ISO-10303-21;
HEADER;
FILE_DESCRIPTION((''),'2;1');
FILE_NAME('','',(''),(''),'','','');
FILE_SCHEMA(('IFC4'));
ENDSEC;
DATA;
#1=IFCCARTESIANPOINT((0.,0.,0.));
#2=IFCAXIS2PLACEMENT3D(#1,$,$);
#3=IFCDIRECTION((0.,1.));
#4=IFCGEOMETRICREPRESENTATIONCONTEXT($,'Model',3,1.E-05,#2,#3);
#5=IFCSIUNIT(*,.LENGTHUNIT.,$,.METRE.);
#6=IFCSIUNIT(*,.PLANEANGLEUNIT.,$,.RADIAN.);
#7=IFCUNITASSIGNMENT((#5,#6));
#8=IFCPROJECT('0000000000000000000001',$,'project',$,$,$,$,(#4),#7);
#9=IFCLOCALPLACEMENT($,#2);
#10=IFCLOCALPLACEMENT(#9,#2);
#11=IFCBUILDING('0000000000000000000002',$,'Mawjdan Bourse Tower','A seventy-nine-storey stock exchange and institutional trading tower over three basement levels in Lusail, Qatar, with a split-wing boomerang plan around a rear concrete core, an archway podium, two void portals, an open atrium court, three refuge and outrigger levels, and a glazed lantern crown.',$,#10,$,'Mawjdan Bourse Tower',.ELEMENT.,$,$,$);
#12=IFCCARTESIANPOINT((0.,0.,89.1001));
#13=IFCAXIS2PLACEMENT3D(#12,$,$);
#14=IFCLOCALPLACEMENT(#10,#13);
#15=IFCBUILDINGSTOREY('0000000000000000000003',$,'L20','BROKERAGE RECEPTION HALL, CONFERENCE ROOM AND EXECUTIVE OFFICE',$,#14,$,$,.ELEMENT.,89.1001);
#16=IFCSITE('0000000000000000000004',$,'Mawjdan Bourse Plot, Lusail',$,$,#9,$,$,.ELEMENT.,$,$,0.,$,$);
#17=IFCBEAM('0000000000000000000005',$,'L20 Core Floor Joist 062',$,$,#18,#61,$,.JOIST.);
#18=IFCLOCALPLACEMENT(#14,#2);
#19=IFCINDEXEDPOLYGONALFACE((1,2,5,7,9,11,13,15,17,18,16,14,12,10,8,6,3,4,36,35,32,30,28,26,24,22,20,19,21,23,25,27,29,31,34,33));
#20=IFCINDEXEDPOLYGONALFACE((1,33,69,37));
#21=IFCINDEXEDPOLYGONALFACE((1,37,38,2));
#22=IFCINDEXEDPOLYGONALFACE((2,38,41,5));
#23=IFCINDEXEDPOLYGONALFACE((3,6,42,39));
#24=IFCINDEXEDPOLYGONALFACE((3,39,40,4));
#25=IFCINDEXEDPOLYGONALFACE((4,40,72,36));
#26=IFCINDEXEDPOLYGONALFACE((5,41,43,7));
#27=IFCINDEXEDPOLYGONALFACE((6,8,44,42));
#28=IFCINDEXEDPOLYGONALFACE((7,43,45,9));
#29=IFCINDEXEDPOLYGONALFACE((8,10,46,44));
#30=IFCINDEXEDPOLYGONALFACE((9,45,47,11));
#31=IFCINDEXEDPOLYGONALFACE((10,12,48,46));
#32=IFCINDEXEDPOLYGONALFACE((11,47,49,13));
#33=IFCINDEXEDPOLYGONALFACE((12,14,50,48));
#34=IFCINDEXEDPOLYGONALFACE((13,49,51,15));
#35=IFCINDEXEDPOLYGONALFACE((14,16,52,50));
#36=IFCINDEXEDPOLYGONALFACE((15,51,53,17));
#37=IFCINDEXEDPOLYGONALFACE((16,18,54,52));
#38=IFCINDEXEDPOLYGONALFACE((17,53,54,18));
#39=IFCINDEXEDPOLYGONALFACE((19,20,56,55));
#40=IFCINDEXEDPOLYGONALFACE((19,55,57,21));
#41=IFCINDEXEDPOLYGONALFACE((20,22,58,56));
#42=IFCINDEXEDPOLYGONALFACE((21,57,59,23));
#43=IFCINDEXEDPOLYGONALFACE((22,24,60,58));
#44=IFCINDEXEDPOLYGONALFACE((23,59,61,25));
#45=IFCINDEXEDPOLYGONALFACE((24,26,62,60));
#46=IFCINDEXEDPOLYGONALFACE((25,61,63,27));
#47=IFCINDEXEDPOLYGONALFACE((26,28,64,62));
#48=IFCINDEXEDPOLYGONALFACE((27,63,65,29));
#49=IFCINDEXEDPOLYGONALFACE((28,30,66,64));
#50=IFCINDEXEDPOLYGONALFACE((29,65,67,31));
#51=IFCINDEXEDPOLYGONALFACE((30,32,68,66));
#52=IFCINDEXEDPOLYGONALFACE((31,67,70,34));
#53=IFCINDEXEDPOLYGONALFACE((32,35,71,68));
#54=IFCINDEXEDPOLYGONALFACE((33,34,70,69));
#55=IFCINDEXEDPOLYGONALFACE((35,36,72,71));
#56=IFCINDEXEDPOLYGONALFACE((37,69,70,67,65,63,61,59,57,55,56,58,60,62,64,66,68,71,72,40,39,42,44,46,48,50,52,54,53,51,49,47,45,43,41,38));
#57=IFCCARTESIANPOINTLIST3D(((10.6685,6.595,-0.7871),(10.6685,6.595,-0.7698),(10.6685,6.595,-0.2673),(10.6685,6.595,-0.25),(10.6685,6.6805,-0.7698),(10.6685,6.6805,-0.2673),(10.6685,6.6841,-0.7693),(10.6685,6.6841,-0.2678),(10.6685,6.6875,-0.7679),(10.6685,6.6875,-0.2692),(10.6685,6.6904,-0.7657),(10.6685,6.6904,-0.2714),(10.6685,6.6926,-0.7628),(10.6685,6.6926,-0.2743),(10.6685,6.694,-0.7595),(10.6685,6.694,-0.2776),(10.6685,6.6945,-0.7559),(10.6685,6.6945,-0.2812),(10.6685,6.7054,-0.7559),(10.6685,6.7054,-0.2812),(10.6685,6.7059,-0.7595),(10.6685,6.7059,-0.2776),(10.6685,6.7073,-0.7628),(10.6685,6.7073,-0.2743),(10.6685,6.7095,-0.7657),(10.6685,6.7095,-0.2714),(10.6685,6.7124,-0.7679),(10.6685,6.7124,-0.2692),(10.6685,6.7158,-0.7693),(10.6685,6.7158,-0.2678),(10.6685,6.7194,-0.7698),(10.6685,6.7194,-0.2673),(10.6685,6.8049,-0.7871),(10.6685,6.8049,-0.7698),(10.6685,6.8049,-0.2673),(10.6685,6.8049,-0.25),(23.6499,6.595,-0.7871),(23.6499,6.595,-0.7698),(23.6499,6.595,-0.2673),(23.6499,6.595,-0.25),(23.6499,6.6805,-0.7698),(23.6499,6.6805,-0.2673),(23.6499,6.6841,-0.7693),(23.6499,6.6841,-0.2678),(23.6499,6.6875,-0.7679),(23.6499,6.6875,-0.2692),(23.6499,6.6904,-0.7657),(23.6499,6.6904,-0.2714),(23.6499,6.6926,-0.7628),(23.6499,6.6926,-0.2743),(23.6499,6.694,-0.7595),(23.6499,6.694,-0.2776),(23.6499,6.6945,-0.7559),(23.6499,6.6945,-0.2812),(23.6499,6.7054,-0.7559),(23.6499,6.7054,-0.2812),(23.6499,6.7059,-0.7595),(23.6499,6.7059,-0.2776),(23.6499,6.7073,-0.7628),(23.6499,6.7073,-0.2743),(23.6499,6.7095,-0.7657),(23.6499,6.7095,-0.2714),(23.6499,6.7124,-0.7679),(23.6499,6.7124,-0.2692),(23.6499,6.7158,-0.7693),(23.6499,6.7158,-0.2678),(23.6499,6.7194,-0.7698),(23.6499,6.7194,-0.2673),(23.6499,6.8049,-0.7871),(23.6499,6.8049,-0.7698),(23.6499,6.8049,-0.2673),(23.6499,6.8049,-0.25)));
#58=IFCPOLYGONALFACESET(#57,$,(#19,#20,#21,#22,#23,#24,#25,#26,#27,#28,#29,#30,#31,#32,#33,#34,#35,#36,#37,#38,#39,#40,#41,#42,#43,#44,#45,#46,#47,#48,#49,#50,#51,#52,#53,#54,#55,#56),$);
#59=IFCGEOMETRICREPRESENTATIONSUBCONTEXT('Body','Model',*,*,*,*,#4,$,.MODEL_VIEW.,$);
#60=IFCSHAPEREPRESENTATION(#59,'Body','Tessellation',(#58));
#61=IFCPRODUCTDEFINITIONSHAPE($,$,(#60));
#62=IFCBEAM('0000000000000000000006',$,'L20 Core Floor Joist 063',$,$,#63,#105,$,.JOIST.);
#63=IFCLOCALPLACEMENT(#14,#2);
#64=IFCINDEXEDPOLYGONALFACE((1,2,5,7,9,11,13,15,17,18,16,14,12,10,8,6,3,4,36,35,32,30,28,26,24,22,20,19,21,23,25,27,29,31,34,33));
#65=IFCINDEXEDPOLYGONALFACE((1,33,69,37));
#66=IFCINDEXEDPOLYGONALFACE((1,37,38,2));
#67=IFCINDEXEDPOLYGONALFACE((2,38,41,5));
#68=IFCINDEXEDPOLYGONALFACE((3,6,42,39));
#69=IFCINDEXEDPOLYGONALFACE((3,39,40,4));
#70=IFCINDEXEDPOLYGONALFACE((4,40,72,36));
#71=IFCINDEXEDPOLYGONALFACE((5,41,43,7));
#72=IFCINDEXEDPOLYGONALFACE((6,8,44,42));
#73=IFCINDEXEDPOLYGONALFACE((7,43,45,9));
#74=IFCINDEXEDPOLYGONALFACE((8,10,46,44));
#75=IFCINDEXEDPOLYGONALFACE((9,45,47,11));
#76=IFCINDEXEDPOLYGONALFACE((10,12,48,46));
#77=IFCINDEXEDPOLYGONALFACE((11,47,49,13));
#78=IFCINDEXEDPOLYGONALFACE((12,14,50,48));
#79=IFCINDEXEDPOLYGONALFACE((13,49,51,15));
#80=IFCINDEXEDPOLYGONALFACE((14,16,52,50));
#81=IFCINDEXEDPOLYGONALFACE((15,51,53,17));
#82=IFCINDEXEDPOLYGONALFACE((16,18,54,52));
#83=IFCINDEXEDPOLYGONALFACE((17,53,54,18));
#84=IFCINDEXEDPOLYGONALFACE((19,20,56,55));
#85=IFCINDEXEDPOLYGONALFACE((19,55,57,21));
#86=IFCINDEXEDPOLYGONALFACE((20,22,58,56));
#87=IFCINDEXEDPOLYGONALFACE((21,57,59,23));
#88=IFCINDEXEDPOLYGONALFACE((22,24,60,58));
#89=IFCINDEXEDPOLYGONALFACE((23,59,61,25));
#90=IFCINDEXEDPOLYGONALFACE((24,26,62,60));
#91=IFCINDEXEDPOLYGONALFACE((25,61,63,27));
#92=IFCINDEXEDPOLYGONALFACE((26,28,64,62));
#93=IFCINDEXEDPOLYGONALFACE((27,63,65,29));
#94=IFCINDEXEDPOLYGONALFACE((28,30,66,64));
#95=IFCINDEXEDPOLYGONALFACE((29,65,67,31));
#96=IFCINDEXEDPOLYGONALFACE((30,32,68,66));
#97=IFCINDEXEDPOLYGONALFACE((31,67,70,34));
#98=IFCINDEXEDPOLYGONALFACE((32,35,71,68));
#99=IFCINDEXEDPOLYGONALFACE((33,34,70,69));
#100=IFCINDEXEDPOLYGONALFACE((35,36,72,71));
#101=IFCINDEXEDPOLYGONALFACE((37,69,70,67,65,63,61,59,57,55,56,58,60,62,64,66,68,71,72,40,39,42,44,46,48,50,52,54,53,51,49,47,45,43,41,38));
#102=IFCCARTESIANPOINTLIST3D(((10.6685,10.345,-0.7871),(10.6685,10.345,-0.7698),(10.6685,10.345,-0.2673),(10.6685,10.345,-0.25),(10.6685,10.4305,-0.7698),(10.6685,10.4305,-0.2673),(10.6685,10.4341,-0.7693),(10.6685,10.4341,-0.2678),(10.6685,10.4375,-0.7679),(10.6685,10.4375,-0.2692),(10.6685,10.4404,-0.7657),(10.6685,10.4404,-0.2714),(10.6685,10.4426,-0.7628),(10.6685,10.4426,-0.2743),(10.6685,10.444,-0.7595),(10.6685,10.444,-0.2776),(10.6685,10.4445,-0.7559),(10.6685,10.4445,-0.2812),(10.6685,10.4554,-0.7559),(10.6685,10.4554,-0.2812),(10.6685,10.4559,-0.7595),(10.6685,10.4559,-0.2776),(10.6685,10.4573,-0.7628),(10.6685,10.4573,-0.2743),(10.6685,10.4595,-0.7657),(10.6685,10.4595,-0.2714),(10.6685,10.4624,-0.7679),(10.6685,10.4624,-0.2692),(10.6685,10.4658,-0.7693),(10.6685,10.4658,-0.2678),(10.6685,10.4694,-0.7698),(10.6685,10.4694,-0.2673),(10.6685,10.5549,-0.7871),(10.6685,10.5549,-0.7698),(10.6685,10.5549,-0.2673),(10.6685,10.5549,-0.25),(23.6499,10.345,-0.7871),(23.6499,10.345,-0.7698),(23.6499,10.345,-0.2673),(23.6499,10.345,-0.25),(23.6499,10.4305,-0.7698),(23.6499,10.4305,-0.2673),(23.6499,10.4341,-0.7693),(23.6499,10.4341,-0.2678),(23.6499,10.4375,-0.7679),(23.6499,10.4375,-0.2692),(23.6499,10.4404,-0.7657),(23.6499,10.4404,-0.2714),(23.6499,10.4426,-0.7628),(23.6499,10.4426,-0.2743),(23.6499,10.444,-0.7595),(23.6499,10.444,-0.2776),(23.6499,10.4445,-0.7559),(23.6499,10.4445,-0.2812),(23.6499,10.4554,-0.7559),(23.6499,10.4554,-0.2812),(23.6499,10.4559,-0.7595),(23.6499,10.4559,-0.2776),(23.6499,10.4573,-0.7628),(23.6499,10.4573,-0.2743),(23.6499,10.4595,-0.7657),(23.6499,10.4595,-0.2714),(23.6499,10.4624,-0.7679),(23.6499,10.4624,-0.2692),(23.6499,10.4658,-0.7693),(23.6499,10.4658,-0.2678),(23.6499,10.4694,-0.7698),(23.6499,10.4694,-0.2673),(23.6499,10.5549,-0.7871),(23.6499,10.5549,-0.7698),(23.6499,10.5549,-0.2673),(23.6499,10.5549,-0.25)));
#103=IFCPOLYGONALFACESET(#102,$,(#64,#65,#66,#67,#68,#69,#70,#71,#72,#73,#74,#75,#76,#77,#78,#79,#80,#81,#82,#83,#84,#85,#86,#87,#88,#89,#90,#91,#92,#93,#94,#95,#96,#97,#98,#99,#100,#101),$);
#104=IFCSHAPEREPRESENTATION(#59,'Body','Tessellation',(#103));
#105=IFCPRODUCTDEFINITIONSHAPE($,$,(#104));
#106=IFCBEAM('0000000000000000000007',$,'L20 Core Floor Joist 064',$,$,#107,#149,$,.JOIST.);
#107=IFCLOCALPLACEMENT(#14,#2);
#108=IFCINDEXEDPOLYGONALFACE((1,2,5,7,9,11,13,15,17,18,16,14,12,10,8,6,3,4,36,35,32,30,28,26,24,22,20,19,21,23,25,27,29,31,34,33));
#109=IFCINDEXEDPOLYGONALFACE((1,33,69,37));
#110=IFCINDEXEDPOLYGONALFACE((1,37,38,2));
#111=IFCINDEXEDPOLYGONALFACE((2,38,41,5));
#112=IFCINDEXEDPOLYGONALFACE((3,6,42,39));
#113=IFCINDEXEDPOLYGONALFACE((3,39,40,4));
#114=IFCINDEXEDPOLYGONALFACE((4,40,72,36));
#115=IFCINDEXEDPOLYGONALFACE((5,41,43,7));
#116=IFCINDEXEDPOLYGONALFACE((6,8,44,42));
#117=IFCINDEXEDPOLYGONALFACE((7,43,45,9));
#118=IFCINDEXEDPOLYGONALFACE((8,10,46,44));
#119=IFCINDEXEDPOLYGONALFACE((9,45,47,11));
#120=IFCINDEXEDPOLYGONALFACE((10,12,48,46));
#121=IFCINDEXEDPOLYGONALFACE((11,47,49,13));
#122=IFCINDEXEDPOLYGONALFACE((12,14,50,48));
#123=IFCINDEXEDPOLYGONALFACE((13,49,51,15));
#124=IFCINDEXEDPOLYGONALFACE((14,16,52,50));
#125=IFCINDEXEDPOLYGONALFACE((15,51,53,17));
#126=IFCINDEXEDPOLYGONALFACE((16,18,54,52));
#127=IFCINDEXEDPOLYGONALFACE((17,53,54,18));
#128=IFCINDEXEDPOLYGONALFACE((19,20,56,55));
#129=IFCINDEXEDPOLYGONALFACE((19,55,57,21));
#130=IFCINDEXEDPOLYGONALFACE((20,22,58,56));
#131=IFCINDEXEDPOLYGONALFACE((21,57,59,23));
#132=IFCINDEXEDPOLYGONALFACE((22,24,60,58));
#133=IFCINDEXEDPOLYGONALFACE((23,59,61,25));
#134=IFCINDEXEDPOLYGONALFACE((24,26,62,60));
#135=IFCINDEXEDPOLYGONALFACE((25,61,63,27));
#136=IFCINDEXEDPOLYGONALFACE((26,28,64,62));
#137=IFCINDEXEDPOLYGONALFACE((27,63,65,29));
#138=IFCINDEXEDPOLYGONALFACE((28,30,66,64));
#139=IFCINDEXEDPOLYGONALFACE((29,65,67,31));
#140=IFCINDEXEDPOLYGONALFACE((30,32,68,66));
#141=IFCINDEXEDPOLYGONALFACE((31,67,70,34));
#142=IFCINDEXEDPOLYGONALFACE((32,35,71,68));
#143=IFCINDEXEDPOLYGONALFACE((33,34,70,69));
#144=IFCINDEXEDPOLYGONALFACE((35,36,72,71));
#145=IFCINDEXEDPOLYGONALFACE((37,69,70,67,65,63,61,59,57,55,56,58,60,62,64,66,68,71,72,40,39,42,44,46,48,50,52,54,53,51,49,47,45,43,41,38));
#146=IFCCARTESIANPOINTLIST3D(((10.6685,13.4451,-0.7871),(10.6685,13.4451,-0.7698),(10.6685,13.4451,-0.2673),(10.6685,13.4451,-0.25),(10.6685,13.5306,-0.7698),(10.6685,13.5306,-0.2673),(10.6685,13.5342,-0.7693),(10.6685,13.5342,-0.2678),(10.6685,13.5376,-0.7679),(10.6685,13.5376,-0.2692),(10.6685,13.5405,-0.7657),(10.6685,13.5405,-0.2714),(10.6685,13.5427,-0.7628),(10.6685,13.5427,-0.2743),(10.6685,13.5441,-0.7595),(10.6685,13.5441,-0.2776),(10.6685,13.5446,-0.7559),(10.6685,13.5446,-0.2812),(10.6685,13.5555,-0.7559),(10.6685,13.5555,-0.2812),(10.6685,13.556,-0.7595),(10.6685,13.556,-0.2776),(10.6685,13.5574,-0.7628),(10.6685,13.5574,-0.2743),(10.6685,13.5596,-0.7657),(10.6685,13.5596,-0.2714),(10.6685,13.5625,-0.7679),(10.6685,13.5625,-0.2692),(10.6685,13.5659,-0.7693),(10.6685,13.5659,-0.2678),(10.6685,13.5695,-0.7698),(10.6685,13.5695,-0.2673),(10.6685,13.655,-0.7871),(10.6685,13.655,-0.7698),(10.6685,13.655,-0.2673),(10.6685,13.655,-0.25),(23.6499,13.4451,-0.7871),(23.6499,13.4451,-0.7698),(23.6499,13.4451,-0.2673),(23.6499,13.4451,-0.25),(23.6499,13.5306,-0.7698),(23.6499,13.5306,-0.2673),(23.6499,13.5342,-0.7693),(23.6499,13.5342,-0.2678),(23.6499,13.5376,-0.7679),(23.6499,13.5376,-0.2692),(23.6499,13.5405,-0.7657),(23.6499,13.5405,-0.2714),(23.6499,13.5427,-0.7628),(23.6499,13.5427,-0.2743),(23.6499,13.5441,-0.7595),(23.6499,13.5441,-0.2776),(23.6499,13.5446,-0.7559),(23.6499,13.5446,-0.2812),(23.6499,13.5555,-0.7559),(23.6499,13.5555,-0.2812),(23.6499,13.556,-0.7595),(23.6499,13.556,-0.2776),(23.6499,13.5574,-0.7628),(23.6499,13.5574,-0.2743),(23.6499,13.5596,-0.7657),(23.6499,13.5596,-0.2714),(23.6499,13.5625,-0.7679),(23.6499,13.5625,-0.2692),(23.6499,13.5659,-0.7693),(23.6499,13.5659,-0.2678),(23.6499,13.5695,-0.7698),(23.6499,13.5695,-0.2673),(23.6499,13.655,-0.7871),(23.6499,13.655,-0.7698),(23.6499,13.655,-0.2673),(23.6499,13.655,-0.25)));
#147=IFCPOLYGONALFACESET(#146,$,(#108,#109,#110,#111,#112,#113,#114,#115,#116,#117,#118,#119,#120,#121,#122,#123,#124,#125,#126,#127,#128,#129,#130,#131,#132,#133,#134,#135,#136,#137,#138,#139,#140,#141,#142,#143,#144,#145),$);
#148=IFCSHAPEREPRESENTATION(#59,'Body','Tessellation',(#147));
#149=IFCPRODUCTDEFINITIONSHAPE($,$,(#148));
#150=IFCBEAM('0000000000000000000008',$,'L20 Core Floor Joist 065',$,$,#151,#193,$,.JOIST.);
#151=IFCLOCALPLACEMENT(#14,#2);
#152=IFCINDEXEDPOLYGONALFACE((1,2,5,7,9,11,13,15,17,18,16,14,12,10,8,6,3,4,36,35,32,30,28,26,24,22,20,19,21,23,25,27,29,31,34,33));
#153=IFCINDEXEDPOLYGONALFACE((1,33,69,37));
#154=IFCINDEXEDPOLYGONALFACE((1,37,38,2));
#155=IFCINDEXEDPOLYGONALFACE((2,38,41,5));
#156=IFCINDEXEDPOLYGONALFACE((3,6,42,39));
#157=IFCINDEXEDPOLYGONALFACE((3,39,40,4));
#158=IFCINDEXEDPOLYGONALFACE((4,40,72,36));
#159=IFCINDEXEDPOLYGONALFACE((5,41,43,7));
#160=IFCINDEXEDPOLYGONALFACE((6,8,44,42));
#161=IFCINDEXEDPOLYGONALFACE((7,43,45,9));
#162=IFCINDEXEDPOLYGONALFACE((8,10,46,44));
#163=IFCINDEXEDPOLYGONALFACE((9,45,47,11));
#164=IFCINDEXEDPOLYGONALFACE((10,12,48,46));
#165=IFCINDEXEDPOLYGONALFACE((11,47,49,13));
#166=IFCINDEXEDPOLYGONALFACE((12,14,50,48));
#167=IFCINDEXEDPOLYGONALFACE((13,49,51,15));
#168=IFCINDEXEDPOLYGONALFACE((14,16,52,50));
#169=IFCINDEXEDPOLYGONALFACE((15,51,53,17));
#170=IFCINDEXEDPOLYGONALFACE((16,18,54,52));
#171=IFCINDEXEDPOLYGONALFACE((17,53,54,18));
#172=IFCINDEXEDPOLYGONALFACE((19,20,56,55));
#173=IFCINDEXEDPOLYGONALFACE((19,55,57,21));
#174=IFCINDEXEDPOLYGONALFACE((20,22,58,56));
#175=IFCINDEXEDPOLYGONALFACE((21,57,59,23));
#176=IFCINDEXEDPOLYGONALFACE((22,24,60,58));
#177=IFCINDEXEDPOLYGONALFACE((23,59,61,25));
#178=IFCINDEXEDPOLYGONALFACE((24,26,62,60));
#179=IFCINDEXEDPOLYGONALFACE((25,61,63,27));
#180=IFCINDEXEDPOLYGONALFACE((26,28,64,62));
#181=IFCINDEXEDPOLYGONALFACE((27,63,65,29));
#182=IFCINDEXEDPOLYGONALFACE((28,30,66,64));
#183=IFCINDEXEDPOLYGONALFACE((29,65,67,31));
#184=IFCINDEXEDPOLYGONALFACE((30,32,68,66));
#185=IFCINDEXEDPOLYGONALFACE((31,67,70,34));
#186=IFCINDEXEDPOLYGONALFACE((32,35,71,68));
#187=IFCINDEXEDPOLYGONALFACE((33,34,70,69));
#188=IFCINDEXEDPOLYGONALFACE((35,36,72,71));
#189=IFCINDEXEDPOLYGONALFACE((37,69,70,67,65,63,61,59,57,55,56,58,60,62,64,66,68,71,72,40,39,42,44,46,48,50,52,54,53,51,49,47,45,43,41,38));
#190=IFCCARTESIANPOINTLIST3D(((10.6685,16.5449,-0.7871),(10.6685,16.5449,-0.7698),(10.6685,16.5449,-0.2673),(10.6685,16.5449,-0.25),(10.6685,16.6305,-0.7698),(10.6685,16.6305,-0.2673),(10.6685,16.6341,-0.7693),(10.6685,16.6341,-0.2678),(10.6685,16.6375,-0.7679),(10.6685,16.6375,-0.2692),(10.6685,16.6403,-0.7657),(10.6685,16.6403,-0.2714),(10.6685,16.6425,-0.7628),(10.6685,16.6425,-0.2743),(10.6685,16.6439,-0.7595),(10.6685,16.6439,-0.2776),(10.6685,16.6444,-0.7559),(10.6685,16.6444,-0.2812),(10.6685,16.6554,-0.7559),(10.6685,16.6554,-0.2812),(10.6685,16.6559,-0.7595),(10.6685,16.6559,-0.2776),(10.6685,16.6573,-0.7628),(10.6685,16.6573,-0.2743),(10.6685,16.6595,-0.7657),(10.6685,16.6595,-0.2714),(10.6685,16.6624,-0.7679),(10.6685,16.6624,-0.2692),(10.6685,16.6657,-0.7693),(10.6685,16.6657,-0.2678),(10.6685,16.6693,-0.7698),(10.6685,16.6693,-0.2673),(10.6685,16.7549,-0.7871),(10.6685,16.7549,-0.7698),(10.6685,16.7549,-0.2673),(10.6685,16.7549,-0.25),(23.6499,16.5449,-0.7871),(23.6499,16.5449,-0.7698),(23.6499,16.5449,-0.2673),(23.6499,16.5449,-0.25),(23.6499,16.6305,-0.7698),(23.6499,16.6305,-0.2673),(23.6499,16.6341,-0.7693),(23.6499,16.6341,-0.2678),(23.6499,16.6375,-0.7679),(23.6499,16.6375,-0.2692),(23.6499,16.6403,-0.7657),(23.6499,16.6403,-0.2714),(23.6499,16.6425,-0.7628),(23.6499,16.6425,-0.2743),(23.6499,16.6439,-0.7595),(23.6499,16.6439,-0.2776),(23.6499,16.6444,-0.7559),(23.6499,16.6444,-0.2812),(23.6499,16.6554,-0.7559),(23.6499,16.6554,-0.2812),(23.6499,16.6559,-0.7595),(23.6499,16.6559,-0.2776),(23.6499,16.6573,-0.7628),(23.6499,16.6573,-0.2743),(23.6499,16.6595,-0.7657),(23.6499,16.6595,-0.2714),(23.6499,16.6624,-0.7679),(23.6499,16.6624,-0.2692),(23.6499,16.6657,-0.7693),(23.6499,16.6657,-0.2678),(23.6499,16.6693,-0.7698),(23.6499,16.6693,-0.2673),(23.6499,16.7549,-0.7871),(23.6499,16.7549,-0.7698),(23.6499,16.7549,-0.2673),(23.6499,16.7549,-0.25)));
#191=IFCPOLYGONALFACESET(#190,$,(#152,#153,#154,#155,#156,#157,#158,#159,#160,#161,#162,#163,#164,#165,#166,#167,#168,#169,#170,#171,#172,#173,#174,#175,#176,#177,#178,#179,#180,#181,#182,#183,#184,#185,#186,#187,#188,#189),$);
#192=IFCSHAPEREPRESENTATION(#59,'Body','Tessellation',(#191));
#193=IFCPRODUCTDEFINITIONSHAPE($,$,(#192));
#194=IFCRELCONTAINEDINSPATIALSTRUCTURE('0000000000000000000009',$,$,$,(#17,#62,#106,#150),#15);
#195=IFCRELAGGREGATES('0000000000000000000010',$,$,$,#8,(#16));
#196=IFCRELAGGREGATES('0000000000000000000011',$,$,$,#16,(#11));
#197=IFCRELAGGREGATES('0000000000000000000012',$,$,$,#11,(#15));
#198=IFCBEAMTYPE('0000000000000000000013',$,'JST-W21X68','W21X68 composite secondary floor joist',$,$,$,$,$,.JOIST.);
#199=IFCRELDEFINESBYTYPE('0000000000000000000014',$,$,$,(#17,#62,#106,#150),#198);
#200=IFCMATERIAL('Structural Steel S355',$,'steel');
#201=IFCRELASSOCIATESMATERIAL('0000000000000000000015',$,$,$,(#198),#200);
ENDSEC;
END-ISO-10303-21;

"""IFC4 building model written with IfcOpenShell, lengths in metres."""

from ifc_helpers import new_model, si_unit, direction, frame, origin, origin_2d, place, context, subcontext, project, spatial, i_section, extrude, material, material_profile, profile_set, type_object, element, save


model = new_model("IFC4")

# Units and contexts
model_context = context("Model", 3, precision=1e-05, world=origin(), true_north=direction((0.0, 1.0)))
body_context = subcontext(model_context, "Body", "Model", "MODEL_VIEW")
ifc_project = project(units=[si_unit("LENGTHUNIT", "METRE"), si_unit("PLANEANGLEUNIT", "RADIAN")], contexts=[model_context])

# Site, building, storey
site_placement = place(None, origin())
site = spatial("IfcSite", under=ifc_project, at=site_placement, Name="Mawjdan Bourse Plot, Lusail", CompositionType="ELEMENT", RefElevation=0.0)
building_placement = place(site_placement, origin())
building = spatial("IfcBuilding", under=site, at=building_placement, Name="Mawjdan Bourse Tower", Description="A seventy-nine-storey stock exchange and institutional trading tower over three basement levels in Lusail, Qatar, with a split-wing boomerang plan around a rear concrete core, an archway podium, two void portals, an open atrium court, three refuge and outrigger levels, and a glazed lantern crown.", LongName="Mawjdan Bourse Tower", CompositionType="ELEMENT")
storey_placement = place(building_placement, frame((0.0, 0.0, 89.1001)))
storey = spatial("IfcBuildingStorey", under=building, at=storey_placement, Name="L20", Description="BROKERAGE RECEPTION HALL, CONFERENCE ROOM AND EXECUTIVE OFFICE", CompositionType="ELEMENT", Elevation=89.1001)

# Beams
ifc_material_1 = material(Name="Structural Steel S355", Category="steel")
ifc_material_profile = material_profile(ifc_material_1, i_section(OverallWidth=0.21, OverallDepth=0.5371, WebThickness=0.011, FlangeThickness=0.0173, FilletRadius=0.0139, at=origin_2d()), Name="W21X68")
ifc_profile_set = profile_set([ifc_material_profile], Name="Structural Steel S355")
beam_type = type_object("IfcBeamType", Name="JST-W21X68", Description="W21X68 composite secondary floor joist", PredefinedType="JOIST", material=ifc_profile_set)
for number, where, z_axis, x_axis, name in (
    (1, (10.6685, 6.7, -0.5186), (1.0, 0.0, 0.0), (0.0, 1.0, 0.0), "L20 Core Floor Joist 062"),
    (2, (10.6685, 10.45, -0.5186), (1.0, 0.0, 0.0), (0.0, 1.0, 0.0), "L20 Core Floor Joist 063"),
    (3, (10.6685, 13.55, -0.5186), (1.0, 0.0, 0.0), (0.0, 1.0, 0.0), "L20 Core Floor Joist 064"),
    (4, (10.6685, 16.6499, -0.5186), (1.0, 0.0, 0.0), (0.0, 1.0, 0.0), "L20 Core Floor Joist 065"),
):
    element("IfcBeam", number, at=place(storey_placement, frame(where, z_axis=z_axis, x_axis=x_axis)), inside=storey, type_object=beam_type, Name=name, PredefinedType="JOIST", context=body_context, shape_type="SweptSolid", body=[
        extrude(i_section(OverallWidth=0.21, OverallDepth=0.5371, WebThickness=0.011, FlangeThickness=0.0173, FilletRadius=0.0139, at=origin_2d()), origin(), (0.0, 0.0, 1.0), 12.9814),
    ])

save(model, "model.ifc")
